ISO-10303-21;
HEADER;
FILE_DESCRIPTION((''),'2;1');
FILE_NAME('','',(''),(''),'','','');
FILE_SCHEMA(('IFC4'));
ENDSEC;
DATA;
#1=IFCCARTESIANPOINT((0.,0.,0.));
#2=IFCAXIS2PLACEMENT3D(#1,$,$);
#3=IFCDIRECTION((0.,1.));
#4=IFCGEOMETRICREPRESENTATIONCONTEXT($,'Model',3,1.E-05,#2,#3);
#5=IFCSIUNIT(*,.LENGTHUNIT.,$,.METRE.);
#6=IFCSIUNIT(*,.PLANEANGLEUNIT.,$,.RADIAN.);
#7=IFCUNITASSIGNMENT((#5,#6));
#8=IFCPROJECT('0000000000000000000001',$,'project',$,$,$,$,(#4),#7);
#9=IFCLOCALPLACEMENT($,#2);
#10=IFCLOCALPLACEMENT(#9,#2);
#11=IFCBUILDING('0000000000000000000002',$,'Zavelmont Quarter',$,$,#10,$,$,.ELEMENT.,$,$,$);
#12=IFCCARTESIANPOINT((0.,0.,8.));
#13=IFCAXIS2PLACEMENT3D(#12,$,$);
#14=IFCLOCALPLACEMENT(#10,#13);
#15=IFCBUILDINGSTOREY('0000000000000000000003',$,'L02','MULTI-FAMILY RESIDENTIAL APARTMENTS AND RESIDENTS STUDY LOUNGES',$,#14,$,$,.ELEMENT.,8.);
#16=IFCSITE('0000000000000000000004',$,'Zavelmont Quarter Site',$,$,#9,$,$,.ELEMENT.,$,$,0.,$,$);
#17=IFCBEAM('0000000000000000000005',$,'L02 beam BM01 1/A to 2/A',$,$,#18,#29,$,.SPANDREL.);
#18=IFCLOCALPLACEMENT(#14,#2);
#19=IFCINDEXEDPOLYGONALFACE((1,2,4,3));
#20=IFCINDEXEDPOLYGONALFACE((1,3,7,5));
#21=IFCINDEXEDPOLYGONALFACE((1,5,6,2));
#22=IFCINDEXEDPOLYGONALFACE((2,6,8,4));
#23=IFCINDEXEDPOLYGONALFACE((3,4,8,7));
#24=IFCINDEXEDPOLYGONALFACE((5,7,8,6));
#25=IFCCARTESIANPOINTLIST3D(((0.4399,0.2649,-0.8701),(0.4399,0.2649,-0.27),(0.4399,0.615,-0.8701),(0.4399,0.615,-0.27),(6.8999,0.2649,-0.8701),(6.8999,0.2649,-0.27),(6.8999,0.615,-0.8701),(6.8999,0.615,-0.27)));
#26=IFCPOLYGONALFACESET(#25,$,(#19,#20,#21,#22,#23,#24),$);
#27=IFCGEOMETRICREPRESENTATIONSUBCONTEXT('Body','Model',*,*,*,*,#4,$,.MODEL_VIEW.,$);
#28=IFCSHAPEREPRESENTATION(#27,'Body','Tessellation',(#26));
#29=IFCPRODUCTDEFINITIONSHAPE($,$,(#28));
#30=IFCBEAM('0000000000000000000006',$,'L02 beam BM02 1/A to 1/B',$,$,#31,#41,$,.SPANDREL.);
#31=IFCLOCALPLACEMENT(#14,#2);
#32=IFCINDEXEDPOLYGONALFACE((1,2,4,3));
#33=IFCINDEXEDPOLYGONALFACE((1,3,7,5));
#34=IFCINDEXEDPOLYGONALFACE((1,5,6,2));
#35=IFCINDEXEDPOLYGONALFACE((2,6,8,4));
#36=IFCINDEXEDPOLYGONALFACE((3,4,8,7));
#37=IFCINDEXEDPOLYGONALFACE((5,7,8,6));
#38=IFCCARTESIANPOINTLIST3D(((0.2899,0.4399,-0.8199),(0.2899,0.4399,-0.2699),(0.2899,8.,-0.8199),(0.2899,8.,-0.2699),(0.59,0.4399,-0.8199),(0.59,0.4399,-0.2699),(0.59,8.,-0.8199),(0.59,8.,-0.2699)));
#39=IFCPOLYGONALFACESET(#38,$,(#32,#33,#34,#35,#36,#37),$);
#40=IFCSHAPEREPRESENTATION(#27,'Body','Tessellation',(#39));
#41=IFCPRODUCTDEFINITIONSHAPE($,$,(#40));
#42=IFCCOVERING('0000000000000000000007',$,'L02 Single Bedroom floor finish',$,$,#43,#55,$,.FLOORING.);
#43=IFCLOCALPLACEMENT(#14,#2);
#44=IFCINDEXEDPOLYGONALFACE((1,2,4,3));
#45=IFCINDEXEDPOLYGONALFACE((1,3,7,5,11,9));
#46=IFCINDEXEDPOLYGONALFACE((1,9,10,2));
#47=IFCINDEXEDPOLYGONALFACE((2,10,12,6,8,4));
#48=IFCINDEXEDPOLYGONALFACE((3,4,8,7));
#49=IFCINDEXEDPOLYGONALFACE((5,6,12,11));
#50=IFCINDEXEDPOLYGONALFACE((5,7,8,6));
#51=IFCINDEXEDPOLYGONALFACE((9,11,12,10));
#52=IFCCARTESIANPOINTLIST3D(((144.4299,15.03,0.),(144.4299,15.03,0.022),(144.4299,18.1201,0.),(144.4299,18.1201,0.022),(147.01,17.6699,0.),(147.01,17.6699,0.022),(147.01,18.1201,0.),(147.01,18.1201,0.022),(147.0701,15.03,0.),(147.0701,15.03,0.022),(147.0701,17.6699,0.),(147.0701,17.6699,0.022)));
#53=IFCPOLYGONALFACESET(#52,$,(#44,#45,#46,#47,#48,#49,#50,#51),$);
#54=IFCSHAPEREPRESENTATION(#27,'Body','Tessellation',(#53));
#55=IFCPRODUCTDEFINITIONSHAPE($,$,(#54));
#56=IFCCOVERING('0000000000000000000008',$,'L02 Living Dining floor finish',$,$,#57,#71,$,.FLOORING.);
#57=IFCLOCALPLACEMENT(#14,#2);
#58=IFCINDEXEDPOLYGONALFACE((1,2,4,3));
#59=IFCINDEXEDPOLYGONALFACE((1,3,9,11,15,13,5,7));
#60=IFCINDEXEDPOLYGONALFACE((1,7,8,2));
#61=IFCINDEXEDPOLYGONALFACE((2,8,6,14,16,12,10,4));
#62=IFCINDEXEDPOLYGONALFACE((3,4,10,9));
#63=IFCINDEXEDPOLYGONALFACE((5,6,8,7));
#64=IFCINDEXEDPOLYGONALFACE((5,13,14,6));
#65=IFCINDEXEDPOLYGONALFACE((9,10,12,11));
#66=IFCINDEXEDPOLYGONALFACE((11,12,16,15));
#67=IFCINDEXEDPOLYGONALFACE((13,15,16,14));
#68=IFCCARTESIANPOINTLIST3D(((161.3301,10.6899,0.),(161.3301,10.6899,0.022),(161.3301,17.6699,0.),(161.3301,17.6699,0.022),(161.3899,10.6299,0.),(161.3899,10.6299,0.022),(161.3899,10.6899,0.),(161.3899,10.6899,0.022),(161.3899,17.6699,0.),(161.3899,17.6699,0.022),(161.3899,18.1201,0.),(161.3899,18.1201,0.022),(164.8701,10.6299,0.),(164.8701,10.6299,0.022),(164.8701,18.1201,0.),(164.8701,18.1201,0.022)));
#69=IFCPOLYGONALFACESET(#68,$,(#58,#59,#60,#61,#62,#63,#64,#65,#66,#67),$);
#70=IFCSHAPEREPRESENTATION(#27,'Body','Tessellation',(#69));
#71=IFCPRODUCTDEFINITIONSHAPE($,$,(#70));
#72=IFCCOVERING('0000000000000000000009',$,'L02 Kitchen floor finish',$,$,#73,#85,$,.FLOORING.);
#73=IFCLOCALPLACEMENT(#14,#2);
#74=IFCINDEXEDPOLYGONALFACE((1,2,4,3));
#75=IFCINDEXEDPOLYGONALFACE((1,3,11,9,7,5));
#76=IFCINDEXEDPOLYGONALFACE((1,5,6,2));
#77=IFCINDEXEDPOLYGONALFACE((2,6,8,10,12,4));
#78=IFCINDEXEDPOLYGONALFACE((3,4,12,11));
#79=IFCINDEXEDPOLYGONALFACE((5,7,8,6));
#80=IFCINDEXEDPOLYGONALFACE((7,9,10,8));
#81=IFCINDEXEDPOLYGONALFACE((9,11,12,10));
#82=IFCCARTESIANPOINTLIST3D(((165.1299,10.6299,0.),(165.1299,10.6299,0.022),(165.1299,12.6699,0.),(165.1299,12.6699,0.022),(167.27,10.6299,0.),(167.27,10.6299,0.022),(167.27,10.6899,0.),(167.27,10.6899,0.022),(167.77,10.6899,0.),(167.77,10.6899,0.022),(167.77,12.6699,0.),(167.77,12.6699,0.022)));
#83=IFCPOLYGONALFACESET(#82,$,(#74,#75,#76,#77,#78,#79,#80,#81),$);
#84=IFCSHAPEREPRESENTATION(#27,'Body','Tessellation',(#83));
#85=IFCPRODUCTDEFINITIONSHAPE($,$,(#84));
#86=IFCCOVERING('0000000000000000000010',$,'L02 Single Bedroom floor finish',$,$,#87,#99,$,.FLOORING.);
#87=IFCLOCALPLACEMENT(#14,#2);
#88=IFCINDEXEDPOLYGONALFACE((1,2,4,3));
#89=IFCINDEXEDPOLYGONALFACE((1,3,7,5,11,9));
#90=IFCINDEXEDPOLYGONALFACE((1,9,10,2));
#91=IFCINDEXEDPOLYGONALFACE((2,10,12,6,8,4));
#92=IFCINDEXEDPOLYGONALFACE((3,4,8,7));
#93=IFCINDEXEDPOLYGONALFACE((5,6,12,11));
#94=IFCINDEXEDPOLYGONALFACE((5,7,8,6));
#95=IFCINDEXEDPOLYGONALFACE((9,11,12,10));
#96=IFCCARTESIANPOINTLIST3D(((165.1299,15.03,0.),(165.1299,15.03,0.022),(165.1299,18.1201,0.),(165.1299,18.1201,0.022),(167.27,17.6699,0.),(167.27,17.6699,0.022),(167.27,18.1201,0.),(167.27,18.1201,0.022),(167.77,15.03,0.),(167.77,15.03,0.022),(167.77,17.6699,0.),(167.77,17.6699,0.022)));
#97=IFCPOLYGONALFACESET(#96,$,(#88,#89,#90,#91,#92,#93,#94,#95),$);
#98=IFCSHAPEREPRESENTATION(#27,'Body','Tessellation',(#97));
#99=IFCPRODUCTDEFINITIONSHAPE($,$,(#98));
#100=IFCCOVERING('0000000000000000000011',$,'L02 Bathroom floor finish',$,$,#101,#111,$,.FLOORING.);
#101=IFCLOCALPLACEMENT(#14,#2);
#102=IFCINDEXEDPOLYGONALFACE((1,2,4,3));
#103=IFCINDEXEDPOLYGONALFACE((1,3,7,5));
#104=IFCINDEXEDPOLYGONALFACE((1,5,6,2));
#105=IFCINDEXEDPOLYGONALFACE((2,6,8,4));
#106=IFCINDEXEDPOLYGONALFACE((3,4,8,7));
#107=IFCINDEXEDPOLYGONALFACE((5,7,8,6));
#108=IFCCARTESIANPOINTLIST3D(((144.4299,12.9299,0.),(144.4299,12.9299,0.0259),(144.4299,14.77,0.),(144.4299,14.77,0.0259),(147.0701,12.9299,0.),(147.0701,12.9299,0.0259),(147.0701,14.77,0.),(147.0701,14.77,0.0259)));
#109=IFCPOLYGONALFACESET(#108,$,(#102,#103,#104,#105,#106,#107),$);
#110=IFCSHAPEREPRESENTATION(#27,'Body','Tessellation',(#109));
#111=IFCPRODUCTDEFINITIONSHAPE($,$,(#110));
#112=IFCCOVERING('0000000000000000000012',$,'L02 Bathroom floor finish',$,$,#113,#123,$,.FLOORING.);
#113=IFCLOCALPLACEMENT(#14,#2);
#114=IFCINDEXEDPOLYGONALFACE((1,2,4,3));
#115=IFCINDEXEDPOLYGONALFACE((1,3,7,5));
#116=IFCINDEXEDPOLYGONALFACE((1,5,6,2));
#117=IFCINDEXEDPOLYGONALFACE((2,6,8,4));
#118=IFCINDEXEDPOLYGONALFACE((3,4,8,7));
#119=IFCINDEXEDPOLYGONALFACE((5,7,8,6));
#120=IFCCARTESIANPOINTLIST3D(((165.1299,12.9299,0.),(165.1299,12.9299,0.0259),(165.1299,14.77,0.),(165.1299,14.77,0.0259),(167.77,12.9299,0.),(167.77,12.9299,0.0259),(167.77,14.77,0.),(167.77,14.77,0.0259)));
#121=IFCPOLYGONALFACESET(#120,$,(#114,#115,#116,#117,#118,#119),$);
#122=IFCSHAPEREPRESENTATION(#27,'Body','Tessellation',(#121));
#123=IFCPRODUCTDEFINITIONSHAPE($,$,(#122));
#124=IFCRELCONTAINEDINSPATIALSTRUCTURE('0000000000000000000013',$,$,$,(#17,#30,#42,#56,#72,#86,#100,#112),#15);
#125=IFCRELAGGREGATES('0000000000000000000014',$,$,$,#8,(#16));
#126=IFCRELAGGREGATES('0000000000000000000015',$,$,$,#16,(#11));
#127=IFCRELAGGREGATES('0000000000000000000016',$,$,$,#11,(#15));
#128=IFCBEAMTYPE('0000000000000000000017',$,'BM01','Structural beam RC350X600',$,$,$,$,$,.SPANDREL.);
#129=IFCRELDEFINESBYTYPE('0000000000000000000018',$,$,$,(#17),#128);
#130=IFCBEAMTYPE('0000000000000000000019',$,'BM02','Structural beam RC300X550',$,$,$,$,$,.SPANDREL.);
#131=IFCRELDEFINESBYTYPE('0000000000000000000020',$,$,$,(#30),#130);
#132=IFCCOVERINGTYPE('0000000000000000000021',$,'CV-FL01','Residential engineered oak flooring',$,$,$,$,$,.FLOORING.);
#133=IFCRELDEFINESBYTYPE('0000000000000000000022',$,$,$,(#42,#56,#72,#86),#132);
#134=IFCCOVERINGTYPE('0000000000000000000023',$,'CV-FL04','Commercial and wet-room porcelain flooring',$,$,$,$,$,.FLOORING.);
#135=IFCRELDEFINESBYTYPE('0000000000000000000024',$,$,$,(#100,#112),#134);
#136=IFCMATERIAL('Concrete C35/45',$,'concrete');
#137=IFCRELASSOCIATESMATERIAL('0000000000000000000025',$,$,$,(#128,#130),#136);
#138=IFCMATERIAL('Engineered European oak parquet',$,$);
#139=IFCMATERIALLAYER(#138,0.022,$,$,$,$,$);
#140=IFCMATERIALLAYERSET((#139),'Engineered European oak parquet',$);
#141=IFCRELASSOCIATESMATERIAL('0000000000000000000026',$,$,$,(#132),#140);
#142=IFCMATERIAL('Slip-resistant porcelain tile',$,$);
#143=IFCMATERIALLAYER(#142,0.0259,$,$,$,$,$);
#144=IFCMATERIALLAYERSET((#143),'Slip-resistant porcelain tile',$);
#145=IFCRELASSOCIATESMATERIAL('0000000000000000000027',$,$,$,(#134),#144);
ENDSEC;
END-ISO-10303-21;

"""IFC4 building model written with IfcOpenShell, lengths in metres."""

from ifc_helpers import new_model, si_unit, direction, frame, origin, origin_2d, place, context, subcontext, project, spatial, polyline, rectangle, outline, extrude, material, layer, layer_set, material_profile, profile_set, type_object, element, save


model = new_model("IFC4")

# Units and contexts
model_context = context("Model", 3, precision=1e-05, world=origin(), true_north=direction((0.0, 1.0)))
body_context = subcontext(model_context, "Body", "Model", "MODEL_VIEW")
ifc_project = project(units=[si_unit("LENGTHUNIT", "METRE"), si_unit("PLANEANGLEUNIT", "RADIAN")], contexts=[model_context])

# Site, building, storey
site_placement = place(None, origin())
site = spatial("IfcSite", under=ifc_project, at=site_placement, Name="Zavelmont Quarter Site", CompositionType="ELEMENT", RefElevation=0.0)
building_placement = place(site_placement, origin())
building = spatial("IfcBuilding", under=site, at=building_placement, Name="Zavelmont Quarter", CompositionType="ELEMENT")
storey_placement = place(building_placement, frame((0.0, 0.0, 8.0)))
storey = spatial("IfcBuildingStorey", under=building, at=storey_placement, Name="L02", Description="MULTI-FAMILY RESIDENTIAL APARTMENTS AND RESIDENTS STUDY LOUNGES", CompositionType="ELEMENT", Elevation=8.0)

# Beams
ifc_material_1 = material(Name="Concrete C35/45", Category="concrete")
ifc_material_profile_1 = material_profile(ifc_material_1, rectangle(XDim=0.3501, YDim=0.6001, at=origin_2d()), Name="RC350X600")
ifc_profile_set_1 = profile_set([ifc_material_profile_1], Name="Concrete C35/45")
beam_type_1 = type_object("IfcBeamType", Name="BM01", Description="Structural beam RC350X600", PredefinedType="SPANDREL", material=ifc_profile_set_1)
beam_1_placement = place(storey_placement, frame((0.4399, 0.4399, -0.5701), z_axis=(1.0, 0.0, 0.0), x_axis=(0.0, 1.0, 0.0)))
element("IfcBeam", 1, at=beam_1_placement, inside=storey, type_object=beam_type_1, Name="L02 beam BM01 1/A to 2/A", PredefinedType="SPANDREL", context=body_context, shape_type="SweptSolid", body=[
    extrude(rectangle(XDim=0.3501, YDim=0.6001, at=origin_2d()), origin(), (0.0, 0.0, 1.0), 6.46),
])
ifc_material_profile_2 = material_profile(ifc_material_1, rectangle(XDim=0.3, YDim=0.55, at=origin_2d()), Name="RC300X550")
ifc_profile_set_2 = profile_set([ifc_material_profile_2], Name="Concrete C35/45")
beam_type_2 = type_object("IfcBeamType", Name="BM02", Description="Structural beam RC300X550", PredefinedType="SPANDREL", material=ifc_profile_set_2)
beam_2_placement = place(storey_placement, frame((0.4399, 0.4399, -0.5449), z_axis=(0.0, 1.0, 0.0), x_axis=(-1.0, 0.0, 0.0)))
element("IfcBeam", 2, at=beam_2_placement, inside=storey, type_object=beam_type_2, Name="L02 beam BM02 1/A to 1/B", PredefinedType="SPANDREL", context=body_context, shape_type="SweptSolid", body=[
    extrude(rectangle(XDim=0.3, YDim=0.55, at=origin_2d()), origin(), (0.0, 0.0, 1.0), 7.5601),
])

# Coverings
ifc_material_2 = material(Name="Engineered European oak parquet")
ifc_layer_1 = layer(ifc_material_2, 0.022)
ifc_layer_set_1 = layer_set([ifc_layer_1], Name="Engineered European oak parquet")
covering_type_1 = type_object("IfcCoveringType", Name="CV-FL01", Description="Residential engineered oak flooring", PredefinedType="FLOORING", material=ifc_layer_set_1)
covering_1_placement = place(storey_placement, origin())
element("IfcCovering", 3, at=covering_1_placement, inside=storey, type_object=covering_type_1, Name="L02 Single Bedroom floor finish", PredefinedType="FLOORING", context=body_context, shape_type="SweptSolid", body=[
    extrude(outline(polyline([(144.4299, 18.1201), (147.01, 18.1201), (147.01, 17.6699), (147.0701, 17.6699), (147.0701, 15.03), (144.4299, 15.03), (144.4299, 18.1201)])), origin(), (0.0, 0.0, 1.0), 0.022),
])
covering_2_placement = place(storey_placement, origin())
element("IfcCovering", 4, at=covering_2_placement, inside=storey, type_object=covering_type_1, Name="L02 Living Dining floor finish", PredefinedType="FLOORING", context=body_context, shape_type="SweptSolid", body=[
    extrude(outline(polyline([(161.3301, 17.6699), (161.3899, 17.6699), (161.3899, 18.1201), (164.8701, 18.1201), (164.8701, 10.6299), (161.3899, 10.6299), (161.3899, 10.6899), (161.3301, 10.6899), (161.3301, 17.6699)])), origin(), (0.0, 0.0, 1.0), 0.022),
])
covering_3_placement = place(storey_placement, origin())
element("IfcCovering", 5, at=covering_3_placement, inside=storey, type_object=covering_type_1, Name="L02 Kitchen floor finish", PredefinedType="FLOORING", context=body_context, shape_type="SweptSolid", body=[
    extrude(outline(polyline([(165.1299, 12.6699), (167.77, 12.6699), (167.77, 10.6899), (167.27, 10.6899), (167.27, 10.6299), (165.1299, 10.6299), (165.1299, 12.6699)])), origin(), (0.0, 0.0, 1.0), 0.022),
])
covering_4_placement = place(storey_placement, origin())
element("IfcCovering", 6, at=covering_4_placement, inside=storey, type_object=covering_type_1, Name="L02 Single Bedroom floor finish", PredefinedType="FLOORING", context=body_context, shape_type="SweptSolid", body=[
    extrude(outline(polyline([(165.1299, 18.1201), (167.27, 18.1201), (167.27, 17.6699), (167.77, 17.6699), (167.77, 15.03), (165.1299, 15.03), (165.1299, 18.1201)])), origin(), (0.0, 0.0, 1.0), 0.022),
])
ifc_material_3 = material(Name="Slip-resistant porcelain tile")
ifc_layer_2 = layer(ifc_material_3, 0.0259)
ifc_layer_set_2 = layer_set([ifc_layer_2], Name="Slip-resistant porcelain tile")
covering_type_2 = type_object("IfcCoveringType", Name="CV-FL04", Description="Commercial and wet-room porcelain flooring", PredefinedType="FLOORING", material=ifc_layer_set_2)
covering_5_placement = place(storey_placement, origin())
element("IfcCovering", 7, at=covering_5_placement, inside=storey, type_object=covering_type_2, Name="L02 Bathroom floor finish", PredefinedType="FLOORING", context=body_context, shape_type="SweptSolid", body=[
    extrude(outline(polyline([(144.4299, 14.77), (147.0701, 14.77), (147.0701, 12.9299), (144.4299, 12.9299), (144.4299, 14.77)])), origin(), (0.0, 0.0, 1.0), 0.0259),
])
covering_6_placement = place(storey_placement, origin())
element("IfcCovering", 8, at=covering_6_placement, inside=storey, type_object=covering_type_2, Name="L02 Bathroom floor finish", PredefinedType="FLOORING", context=body_context, shape_type="SweptSolid", body=[
    extrude(outline(polyline([(165.1299, 14.77), (167.77, 14.77), (167.77, 12.9299), (165.1299, 12.9299), (165.1299, 14.77)])), origin(), (0.0, 0.0, 1.0), 0.0259),
])

save(model, "model.ifc")
